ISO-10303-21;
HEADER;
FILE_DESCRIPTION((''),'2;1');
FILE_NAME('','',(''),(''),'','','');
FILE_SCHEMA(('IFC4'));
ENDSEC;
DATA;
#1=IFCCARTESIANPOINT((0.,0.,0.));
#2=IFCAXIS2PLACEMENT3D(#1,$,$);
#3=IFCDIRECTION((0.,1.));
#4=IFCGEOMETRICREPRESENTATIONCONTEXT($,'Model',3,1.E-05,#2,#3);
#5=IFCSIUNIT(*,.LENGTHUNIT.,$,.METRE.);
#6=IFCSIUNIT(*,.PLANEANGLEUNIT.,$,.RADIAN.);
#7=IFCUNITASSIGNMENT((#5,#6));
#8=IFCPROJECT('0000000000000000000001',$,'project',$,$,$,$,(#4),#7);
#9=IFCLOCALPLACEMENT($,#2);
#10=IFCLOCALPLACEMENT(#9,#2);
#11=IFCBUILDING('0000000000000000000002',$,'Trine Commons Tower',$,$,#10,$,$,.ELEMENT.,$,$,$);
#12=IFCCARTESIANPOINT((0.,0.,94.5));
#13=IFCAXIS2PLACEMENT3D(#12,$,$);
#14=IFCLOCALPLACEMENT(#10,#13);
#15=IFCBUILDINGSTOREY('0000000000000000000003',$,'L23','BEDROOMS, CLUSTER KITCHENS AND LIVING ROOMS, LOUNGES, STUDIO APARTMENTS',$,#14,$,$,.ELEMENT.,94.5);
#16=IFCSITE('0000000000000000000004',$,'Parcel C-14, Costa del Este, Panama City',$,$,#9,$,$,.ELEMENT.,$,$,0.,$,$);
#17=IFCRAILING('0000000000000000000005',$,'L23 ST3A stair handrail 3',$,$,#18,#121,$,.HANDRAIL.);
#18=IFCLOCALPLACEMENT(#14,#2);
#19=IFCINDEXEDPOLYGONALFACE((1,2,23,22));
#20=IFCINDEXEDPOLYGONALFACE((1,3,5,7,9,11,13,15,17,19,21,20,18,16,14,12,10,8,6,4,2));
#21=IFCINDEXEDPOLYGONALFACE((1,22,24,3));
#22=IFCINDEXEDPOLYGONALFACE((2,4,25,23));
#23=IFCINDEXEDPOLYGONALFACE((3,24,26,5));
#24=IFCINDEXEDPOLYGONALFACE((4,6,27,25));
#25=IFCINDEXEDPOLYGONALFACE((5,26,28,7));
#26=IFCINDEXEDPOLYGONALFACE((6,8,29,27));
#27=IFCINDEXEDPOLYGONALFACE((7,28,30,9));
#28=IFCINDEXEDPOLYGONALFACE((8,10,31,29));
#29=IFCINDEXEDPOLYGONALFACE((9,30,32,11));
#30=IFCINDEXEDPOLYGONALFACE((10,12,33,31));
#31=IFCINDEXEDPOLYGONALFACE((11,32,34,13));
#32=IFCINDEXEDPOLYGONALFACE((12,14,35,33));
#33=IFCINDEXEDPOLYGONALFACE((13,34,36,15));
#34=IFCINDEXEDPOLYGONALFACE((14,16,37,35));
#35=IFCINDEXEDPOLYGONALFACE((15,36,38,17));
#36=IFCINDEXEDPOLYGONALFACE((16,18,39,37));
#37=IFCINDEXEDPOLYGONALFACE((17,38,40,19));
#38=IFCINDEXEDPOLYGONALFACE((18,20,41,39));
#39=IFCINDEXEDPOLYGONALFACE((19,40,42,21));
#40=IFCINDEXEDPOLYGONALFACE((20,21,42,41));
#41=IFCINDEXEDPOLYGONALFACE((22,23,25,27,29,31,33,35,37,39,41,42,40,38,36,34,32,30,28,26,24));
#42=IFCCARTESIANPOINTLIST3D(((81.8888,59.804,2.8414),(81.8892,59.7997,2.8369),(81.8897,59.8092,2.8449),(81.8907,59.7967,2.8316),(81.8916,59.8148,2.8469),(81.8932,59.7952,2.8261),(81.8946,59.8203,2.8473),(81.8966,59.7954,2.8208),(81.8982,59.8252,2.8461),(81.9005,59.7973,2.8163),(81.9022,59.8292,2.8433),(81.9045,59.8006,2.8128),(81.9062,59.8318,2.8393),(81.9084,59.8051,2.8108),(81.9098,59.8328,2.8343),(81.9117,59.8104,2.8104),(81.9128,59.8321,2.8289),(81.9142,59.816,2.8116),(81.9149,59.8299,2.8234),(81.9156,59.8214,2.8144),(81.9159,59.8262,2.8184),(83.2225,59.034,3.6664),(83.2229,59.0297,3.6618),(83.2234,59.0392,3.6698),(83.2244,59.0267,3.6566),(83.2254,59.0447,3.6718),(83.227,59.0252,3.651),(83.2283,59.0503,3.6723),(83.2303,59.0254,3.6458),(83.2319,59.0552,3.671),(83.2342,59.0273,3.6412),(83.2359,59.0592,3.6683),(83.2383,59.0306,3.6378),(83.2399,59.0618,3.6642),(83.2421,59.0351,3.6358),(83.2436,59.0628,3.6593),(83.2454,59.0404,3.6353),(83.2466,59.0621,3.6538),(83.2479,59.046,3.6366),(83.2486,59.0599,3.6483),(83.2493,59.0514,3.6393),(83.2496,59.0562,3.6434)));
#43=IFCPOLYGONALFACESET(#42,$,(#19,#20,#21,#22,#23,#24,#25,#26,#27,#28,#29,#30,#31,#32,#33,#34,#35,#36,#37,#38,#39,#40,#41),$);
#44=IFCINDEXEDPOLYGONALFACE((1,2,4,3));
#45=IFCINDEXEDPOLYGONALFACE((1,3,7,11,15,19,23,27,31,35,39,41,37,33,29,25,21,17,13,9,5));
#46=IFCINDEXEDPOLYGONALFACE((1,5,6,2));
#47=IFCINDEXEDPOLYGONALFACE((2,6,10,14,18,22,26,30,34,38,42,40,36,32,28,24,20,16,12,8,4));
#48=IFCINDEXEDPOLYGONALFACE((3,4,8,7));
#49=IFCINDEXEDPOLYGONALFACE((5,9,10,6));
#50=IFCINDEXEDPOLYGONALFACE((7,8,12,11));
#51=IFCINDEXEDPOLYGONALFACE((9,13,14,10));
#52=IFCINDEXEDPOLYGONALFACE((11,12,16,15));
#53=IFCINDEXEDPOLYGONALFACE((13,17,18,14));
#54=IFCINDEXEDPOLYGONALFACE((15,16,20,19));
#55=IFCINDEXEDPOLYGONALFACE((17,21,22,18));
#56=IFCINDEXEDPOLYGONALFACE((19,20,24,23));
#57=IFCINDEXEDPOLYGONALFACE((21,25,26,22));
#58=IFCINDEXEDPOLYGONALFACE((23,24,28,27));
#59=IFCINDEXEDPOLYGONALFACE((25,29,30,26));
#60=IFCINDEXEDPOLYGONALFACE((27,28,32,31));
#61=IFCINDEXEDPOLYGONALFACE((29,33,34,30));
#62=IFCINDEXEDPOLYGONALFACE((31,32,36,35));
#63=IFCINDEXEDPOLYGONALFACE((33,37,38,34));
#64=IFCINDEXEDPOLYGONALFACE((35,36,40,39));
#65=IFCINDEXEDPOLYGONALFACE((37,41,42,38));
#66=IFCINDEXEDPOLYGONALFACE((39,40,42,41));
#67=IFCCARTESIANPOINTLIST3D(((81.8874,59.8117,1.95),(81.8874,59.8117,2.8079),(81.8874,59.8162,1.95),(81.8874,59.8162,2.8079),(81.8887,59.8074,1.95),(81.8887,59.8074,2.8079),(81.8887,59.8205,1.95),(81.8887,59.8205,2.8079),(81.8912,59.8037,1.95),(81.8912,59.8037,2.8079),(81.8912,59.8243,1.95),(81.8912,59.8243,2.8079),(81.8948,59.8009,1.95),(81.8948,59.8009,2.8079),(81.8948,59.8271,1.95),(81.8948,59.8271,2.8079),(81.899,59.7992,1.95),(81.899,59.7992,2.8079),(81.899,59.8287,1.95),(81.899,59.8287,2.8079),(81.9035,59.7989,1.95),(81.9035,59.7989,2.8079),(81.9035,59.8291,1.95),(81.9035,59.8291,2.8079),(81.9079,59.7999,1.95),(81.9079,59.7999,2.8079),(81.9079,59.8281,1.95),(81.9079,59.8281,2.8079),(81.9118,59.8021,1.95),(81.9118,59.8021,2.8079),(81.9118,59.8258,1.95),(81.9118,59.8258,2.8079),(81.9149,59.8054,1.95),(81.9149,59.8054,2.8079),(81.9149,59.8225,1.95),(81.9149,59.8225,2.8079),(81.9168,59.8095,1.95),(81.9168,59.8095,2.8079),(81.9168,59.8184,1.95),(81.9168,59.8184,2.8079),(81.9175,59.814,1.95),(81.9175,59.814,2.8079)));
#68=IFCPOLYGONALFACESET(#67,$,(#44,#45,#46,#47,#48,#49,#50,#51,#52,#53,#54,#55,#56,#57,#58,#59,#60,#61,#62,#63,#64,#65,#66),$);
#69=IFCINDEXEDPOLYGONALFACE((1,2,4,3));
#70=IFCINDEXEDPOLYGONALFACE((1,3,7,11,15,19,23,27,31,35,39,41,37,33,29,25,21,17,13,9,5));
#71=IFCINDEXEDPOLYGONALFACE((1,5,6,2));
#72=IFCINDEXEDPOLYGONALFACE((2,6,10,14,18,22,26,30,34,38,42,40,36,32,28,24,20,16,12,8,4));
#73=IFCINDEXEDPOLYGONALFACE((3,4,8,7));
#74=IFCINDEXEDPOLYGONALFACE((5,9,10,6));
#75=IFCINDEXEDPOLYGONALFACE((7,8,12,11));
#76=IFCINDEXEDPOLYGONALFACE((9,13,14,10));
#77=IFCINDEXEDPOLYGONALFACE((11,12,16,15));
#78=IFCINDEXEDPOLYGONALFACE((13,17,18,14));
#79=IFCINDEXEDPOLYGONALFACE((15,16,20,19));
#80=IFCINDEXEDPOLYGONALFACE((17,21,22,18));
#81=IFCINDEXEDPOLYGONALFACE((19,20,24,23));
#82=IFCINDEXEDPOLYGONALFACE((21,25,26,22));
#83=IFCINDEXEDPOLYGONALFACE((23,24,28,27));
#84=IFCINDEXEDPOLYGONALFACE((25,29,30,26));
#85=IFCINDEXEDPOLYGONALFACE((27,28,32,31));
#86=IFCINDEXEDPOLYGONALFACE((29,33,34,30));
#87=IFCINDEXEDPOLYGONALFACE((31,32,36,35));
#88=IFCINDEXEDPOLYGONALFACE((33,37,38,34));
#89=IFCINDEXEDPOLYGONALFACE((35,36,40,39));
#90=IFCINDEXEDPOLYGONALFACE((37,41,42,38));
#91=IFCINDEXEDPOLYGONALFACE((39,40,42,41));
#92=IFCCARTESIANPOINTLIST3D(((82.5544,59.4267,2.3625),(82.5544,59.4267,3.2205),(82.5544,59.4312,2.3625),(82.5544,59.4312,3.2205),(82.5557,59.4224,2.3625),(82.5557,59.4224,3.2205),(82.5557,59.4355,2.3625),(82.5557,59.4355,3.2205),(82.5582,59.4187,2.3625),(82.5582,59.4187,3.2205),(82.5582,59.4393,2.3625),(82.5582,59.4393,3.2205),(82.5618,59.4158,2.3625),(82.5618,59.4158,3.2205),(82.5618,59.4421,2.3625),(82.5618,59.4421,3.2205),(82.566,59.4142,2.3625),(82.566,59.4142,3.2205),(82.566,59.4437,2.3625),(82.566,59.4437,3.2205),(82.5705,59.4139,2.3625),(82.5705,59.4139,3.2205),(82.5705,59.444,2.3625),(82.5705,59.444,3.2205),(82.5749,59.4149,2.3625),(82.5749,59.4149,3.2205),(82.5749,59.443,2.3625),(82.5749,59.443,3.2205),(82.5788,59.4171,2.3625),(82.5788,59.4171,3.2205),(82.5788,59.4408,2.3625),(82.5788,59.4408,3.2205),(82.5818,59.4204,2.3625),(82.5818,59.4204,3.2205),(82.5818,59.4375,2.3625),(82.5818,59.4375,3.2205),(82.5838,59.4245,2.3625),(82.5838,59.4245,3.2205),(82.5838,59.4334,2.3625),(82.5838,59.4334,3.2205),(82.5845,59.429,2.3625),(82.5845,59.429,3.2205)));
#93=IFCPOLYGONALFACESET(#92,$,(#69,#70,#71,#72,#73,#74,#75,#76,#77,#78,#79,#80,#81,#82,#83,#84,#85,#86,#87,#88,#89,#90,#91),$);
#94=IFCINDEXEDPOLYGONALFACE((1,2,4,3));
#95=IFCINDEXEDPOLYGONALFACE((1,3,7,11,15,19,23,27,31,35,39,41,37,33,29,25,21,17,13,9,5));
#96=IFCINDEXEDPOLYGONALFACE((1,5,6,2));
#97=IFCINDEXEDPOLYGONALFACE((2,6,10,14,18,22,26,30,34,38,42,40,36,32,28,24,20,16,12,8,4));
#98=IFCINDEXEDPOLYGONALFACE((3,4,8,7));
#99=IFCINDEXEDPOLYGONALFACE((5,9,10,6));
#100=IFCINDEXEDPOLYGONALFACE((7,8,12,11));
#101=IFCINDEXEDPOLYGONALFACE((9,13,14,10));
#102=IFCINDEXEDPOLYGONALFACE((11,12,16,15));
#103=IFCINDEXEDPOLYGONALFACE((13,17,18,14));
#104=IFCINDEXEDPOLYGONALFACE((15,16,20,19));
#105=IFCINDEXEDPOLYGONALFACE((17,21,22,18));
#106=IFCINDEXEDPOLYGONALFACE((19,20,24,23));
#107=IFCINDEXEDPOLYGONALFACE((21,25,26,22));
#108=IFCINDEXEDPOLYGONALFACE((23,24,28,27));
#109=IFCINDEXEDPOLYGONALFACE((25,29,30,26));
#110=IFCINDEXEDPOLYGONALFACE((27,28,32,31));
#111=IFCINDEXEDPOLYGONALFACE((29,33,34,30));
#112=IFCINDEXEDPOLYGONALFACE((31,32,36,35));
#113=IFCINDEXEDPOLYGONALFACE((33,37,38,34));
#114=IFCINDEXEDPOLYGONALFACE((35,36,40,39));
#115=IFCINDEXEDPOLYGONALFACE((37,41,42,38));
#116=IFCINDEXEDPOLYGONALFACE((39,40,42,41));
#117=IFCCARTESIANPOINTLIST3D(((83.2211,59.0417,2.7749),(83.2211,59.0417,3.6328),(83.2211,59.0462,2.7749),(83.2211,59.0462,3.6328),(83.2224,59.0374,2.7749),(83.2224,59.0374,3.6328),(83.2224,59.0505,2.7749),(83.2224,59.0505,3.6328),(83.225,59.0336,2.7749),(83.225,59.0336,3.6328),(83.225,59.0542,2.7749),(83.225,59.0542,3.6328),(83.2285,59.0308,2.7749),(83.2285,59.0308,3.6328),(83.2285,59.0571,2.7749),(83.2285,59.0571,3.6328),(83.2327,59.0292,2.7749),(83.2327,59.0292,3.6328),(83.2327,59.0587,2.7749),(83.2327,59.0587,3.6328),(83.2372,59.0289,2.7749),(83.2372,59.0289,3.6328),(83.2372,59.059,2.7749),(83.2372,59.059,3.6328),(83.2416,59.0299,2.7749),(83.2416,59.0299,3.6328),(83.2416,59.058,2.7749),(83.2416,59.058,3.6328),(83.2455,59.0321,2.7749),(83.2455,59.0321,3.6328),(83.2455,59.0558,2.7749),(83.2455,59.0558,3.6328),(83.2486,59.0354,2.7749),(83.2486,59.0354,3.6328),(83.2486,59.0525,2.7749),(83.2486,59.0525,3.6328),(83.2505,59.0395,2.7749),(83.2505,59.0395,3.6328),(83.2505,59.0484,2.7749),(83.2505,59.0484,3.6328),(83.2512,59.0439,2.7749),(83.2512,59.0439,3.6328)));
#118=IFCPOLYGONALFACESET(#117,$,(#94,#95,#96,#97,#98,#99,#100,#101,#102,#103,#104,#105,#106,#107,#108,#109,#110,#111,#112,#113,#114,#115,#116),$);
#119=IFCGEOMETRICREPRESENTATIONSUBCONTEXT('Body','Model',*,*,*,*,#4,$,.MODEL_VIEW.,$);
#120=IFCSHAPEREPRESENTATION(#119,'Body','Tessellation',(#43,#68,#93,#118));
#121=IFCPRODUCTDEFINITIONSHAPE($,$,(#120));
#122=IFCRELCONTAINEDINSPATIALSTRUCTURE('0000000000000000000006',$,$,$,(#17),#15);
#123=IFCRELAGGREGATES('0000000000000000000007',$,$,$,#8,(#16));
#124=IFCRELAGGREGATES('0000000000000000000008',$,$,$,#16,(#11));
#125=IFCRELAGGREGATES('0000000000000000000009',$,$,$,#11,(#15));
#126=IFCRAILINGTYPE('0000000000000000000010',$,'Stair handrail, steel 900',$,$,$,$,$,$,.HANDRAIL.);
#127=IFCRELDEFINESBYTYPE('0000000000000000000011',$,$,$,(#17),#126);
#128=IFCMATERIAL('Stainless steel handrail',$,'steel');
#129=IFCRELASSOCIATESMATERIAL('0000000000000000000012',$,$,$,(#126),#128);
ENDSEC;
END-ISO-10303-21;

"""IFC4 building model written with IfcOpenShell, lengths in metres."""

from ifc_helpers import new_model, si_unit, direction, frame, origin, origin_2d, place, context, subcontext, project, spatial, circle, extrude, material, type_object, element, save


model = new_model("IFC4")

# Units and contexts
model_context = context("Model", 3, precision=1e-05, world=origin(), true_north=direction((0.0, 1.0)))
body_context = subcontext(model_context, "Body", "Model", "MODEL_VIEW")
ifc_project = project(units=[si_unit("LENGTHUNIT", "METRE"), si_unit("PLANEANGLEUNIT", "RADIAN")], contexts=[model_context])

# Site, building, storey
site_placement = place(None, origin())
site = spatial("IfcSite", under=ifc_project, at=site_placement, Name="Parcel C-14, Costa del Este, Panama City", CompositionType="ELEMENT", RefElevation=0.0)
building_placement = place(site_placement, origin())
building = spatial("IfcBuilding", under=site, at=building_placement, Name="Trine Commons Tower", CompositionType="ELEMENT")
storey_placement = place(building_placement, frame((0.0, 0.0, 94.5)))
storey = spatial("IfcBuildingStorey", under=building, at=storey_placement, Name="L23", Description="BEDROOMS, CLUSTER KITCHENS AND LIVING ROOMS, LOUNGES, STUDIO APARTMENTS", CompositionType="ELEMENT", Elevation=94.5)

# Railing
ifc_material_1 = material(Name="Stainless steel handrail", Category="steel")
railing_type_1 = type_object("IfcRailingType", Name="Stair handrail, steel 900", PredefinedType="HANDRAIL", material=ifc_material_1)
railing_1_placement = place(storey_placement, frame((81.9023, 59.814, 1.95)))
element("IfcRailing", 1, at=railing_1_placement, inside=storey, type_object=railing_type_1, Name="L23 ST3A stair handrail 3", PredefinedType="HANDRAIL", context=body_context, shape_type="SweptSolid", body=[
    extrude(circle(Radius=0.021, at=origin_2d()), frame((0.0, 0.0, 0.8789), z_axis=(0.763405, -0.440743, 0.472185), x_axis=(0.499992, 0.86603, 0.0)), (0.0, 0.0, 1.0), 1.7471),
    extrude(circle(Radius=0.0151, at=origin_2d()), origin(), (0.0, 0.0, 1.0), 0.8579),
    extrude(circle(Radius=0.0151, at=origin_2d()), frame((0.667, -0.385, 0.4126)), (0.0, 0.0, 1.0), 0.8579),
    extrude(circle(Radius=0.0151, at=origin_2d()), frame((1.3337, -0.77, 0.825)), (0.0, 0.0, 1.0), 0.8579),
])

save(model, "model.ifc")
